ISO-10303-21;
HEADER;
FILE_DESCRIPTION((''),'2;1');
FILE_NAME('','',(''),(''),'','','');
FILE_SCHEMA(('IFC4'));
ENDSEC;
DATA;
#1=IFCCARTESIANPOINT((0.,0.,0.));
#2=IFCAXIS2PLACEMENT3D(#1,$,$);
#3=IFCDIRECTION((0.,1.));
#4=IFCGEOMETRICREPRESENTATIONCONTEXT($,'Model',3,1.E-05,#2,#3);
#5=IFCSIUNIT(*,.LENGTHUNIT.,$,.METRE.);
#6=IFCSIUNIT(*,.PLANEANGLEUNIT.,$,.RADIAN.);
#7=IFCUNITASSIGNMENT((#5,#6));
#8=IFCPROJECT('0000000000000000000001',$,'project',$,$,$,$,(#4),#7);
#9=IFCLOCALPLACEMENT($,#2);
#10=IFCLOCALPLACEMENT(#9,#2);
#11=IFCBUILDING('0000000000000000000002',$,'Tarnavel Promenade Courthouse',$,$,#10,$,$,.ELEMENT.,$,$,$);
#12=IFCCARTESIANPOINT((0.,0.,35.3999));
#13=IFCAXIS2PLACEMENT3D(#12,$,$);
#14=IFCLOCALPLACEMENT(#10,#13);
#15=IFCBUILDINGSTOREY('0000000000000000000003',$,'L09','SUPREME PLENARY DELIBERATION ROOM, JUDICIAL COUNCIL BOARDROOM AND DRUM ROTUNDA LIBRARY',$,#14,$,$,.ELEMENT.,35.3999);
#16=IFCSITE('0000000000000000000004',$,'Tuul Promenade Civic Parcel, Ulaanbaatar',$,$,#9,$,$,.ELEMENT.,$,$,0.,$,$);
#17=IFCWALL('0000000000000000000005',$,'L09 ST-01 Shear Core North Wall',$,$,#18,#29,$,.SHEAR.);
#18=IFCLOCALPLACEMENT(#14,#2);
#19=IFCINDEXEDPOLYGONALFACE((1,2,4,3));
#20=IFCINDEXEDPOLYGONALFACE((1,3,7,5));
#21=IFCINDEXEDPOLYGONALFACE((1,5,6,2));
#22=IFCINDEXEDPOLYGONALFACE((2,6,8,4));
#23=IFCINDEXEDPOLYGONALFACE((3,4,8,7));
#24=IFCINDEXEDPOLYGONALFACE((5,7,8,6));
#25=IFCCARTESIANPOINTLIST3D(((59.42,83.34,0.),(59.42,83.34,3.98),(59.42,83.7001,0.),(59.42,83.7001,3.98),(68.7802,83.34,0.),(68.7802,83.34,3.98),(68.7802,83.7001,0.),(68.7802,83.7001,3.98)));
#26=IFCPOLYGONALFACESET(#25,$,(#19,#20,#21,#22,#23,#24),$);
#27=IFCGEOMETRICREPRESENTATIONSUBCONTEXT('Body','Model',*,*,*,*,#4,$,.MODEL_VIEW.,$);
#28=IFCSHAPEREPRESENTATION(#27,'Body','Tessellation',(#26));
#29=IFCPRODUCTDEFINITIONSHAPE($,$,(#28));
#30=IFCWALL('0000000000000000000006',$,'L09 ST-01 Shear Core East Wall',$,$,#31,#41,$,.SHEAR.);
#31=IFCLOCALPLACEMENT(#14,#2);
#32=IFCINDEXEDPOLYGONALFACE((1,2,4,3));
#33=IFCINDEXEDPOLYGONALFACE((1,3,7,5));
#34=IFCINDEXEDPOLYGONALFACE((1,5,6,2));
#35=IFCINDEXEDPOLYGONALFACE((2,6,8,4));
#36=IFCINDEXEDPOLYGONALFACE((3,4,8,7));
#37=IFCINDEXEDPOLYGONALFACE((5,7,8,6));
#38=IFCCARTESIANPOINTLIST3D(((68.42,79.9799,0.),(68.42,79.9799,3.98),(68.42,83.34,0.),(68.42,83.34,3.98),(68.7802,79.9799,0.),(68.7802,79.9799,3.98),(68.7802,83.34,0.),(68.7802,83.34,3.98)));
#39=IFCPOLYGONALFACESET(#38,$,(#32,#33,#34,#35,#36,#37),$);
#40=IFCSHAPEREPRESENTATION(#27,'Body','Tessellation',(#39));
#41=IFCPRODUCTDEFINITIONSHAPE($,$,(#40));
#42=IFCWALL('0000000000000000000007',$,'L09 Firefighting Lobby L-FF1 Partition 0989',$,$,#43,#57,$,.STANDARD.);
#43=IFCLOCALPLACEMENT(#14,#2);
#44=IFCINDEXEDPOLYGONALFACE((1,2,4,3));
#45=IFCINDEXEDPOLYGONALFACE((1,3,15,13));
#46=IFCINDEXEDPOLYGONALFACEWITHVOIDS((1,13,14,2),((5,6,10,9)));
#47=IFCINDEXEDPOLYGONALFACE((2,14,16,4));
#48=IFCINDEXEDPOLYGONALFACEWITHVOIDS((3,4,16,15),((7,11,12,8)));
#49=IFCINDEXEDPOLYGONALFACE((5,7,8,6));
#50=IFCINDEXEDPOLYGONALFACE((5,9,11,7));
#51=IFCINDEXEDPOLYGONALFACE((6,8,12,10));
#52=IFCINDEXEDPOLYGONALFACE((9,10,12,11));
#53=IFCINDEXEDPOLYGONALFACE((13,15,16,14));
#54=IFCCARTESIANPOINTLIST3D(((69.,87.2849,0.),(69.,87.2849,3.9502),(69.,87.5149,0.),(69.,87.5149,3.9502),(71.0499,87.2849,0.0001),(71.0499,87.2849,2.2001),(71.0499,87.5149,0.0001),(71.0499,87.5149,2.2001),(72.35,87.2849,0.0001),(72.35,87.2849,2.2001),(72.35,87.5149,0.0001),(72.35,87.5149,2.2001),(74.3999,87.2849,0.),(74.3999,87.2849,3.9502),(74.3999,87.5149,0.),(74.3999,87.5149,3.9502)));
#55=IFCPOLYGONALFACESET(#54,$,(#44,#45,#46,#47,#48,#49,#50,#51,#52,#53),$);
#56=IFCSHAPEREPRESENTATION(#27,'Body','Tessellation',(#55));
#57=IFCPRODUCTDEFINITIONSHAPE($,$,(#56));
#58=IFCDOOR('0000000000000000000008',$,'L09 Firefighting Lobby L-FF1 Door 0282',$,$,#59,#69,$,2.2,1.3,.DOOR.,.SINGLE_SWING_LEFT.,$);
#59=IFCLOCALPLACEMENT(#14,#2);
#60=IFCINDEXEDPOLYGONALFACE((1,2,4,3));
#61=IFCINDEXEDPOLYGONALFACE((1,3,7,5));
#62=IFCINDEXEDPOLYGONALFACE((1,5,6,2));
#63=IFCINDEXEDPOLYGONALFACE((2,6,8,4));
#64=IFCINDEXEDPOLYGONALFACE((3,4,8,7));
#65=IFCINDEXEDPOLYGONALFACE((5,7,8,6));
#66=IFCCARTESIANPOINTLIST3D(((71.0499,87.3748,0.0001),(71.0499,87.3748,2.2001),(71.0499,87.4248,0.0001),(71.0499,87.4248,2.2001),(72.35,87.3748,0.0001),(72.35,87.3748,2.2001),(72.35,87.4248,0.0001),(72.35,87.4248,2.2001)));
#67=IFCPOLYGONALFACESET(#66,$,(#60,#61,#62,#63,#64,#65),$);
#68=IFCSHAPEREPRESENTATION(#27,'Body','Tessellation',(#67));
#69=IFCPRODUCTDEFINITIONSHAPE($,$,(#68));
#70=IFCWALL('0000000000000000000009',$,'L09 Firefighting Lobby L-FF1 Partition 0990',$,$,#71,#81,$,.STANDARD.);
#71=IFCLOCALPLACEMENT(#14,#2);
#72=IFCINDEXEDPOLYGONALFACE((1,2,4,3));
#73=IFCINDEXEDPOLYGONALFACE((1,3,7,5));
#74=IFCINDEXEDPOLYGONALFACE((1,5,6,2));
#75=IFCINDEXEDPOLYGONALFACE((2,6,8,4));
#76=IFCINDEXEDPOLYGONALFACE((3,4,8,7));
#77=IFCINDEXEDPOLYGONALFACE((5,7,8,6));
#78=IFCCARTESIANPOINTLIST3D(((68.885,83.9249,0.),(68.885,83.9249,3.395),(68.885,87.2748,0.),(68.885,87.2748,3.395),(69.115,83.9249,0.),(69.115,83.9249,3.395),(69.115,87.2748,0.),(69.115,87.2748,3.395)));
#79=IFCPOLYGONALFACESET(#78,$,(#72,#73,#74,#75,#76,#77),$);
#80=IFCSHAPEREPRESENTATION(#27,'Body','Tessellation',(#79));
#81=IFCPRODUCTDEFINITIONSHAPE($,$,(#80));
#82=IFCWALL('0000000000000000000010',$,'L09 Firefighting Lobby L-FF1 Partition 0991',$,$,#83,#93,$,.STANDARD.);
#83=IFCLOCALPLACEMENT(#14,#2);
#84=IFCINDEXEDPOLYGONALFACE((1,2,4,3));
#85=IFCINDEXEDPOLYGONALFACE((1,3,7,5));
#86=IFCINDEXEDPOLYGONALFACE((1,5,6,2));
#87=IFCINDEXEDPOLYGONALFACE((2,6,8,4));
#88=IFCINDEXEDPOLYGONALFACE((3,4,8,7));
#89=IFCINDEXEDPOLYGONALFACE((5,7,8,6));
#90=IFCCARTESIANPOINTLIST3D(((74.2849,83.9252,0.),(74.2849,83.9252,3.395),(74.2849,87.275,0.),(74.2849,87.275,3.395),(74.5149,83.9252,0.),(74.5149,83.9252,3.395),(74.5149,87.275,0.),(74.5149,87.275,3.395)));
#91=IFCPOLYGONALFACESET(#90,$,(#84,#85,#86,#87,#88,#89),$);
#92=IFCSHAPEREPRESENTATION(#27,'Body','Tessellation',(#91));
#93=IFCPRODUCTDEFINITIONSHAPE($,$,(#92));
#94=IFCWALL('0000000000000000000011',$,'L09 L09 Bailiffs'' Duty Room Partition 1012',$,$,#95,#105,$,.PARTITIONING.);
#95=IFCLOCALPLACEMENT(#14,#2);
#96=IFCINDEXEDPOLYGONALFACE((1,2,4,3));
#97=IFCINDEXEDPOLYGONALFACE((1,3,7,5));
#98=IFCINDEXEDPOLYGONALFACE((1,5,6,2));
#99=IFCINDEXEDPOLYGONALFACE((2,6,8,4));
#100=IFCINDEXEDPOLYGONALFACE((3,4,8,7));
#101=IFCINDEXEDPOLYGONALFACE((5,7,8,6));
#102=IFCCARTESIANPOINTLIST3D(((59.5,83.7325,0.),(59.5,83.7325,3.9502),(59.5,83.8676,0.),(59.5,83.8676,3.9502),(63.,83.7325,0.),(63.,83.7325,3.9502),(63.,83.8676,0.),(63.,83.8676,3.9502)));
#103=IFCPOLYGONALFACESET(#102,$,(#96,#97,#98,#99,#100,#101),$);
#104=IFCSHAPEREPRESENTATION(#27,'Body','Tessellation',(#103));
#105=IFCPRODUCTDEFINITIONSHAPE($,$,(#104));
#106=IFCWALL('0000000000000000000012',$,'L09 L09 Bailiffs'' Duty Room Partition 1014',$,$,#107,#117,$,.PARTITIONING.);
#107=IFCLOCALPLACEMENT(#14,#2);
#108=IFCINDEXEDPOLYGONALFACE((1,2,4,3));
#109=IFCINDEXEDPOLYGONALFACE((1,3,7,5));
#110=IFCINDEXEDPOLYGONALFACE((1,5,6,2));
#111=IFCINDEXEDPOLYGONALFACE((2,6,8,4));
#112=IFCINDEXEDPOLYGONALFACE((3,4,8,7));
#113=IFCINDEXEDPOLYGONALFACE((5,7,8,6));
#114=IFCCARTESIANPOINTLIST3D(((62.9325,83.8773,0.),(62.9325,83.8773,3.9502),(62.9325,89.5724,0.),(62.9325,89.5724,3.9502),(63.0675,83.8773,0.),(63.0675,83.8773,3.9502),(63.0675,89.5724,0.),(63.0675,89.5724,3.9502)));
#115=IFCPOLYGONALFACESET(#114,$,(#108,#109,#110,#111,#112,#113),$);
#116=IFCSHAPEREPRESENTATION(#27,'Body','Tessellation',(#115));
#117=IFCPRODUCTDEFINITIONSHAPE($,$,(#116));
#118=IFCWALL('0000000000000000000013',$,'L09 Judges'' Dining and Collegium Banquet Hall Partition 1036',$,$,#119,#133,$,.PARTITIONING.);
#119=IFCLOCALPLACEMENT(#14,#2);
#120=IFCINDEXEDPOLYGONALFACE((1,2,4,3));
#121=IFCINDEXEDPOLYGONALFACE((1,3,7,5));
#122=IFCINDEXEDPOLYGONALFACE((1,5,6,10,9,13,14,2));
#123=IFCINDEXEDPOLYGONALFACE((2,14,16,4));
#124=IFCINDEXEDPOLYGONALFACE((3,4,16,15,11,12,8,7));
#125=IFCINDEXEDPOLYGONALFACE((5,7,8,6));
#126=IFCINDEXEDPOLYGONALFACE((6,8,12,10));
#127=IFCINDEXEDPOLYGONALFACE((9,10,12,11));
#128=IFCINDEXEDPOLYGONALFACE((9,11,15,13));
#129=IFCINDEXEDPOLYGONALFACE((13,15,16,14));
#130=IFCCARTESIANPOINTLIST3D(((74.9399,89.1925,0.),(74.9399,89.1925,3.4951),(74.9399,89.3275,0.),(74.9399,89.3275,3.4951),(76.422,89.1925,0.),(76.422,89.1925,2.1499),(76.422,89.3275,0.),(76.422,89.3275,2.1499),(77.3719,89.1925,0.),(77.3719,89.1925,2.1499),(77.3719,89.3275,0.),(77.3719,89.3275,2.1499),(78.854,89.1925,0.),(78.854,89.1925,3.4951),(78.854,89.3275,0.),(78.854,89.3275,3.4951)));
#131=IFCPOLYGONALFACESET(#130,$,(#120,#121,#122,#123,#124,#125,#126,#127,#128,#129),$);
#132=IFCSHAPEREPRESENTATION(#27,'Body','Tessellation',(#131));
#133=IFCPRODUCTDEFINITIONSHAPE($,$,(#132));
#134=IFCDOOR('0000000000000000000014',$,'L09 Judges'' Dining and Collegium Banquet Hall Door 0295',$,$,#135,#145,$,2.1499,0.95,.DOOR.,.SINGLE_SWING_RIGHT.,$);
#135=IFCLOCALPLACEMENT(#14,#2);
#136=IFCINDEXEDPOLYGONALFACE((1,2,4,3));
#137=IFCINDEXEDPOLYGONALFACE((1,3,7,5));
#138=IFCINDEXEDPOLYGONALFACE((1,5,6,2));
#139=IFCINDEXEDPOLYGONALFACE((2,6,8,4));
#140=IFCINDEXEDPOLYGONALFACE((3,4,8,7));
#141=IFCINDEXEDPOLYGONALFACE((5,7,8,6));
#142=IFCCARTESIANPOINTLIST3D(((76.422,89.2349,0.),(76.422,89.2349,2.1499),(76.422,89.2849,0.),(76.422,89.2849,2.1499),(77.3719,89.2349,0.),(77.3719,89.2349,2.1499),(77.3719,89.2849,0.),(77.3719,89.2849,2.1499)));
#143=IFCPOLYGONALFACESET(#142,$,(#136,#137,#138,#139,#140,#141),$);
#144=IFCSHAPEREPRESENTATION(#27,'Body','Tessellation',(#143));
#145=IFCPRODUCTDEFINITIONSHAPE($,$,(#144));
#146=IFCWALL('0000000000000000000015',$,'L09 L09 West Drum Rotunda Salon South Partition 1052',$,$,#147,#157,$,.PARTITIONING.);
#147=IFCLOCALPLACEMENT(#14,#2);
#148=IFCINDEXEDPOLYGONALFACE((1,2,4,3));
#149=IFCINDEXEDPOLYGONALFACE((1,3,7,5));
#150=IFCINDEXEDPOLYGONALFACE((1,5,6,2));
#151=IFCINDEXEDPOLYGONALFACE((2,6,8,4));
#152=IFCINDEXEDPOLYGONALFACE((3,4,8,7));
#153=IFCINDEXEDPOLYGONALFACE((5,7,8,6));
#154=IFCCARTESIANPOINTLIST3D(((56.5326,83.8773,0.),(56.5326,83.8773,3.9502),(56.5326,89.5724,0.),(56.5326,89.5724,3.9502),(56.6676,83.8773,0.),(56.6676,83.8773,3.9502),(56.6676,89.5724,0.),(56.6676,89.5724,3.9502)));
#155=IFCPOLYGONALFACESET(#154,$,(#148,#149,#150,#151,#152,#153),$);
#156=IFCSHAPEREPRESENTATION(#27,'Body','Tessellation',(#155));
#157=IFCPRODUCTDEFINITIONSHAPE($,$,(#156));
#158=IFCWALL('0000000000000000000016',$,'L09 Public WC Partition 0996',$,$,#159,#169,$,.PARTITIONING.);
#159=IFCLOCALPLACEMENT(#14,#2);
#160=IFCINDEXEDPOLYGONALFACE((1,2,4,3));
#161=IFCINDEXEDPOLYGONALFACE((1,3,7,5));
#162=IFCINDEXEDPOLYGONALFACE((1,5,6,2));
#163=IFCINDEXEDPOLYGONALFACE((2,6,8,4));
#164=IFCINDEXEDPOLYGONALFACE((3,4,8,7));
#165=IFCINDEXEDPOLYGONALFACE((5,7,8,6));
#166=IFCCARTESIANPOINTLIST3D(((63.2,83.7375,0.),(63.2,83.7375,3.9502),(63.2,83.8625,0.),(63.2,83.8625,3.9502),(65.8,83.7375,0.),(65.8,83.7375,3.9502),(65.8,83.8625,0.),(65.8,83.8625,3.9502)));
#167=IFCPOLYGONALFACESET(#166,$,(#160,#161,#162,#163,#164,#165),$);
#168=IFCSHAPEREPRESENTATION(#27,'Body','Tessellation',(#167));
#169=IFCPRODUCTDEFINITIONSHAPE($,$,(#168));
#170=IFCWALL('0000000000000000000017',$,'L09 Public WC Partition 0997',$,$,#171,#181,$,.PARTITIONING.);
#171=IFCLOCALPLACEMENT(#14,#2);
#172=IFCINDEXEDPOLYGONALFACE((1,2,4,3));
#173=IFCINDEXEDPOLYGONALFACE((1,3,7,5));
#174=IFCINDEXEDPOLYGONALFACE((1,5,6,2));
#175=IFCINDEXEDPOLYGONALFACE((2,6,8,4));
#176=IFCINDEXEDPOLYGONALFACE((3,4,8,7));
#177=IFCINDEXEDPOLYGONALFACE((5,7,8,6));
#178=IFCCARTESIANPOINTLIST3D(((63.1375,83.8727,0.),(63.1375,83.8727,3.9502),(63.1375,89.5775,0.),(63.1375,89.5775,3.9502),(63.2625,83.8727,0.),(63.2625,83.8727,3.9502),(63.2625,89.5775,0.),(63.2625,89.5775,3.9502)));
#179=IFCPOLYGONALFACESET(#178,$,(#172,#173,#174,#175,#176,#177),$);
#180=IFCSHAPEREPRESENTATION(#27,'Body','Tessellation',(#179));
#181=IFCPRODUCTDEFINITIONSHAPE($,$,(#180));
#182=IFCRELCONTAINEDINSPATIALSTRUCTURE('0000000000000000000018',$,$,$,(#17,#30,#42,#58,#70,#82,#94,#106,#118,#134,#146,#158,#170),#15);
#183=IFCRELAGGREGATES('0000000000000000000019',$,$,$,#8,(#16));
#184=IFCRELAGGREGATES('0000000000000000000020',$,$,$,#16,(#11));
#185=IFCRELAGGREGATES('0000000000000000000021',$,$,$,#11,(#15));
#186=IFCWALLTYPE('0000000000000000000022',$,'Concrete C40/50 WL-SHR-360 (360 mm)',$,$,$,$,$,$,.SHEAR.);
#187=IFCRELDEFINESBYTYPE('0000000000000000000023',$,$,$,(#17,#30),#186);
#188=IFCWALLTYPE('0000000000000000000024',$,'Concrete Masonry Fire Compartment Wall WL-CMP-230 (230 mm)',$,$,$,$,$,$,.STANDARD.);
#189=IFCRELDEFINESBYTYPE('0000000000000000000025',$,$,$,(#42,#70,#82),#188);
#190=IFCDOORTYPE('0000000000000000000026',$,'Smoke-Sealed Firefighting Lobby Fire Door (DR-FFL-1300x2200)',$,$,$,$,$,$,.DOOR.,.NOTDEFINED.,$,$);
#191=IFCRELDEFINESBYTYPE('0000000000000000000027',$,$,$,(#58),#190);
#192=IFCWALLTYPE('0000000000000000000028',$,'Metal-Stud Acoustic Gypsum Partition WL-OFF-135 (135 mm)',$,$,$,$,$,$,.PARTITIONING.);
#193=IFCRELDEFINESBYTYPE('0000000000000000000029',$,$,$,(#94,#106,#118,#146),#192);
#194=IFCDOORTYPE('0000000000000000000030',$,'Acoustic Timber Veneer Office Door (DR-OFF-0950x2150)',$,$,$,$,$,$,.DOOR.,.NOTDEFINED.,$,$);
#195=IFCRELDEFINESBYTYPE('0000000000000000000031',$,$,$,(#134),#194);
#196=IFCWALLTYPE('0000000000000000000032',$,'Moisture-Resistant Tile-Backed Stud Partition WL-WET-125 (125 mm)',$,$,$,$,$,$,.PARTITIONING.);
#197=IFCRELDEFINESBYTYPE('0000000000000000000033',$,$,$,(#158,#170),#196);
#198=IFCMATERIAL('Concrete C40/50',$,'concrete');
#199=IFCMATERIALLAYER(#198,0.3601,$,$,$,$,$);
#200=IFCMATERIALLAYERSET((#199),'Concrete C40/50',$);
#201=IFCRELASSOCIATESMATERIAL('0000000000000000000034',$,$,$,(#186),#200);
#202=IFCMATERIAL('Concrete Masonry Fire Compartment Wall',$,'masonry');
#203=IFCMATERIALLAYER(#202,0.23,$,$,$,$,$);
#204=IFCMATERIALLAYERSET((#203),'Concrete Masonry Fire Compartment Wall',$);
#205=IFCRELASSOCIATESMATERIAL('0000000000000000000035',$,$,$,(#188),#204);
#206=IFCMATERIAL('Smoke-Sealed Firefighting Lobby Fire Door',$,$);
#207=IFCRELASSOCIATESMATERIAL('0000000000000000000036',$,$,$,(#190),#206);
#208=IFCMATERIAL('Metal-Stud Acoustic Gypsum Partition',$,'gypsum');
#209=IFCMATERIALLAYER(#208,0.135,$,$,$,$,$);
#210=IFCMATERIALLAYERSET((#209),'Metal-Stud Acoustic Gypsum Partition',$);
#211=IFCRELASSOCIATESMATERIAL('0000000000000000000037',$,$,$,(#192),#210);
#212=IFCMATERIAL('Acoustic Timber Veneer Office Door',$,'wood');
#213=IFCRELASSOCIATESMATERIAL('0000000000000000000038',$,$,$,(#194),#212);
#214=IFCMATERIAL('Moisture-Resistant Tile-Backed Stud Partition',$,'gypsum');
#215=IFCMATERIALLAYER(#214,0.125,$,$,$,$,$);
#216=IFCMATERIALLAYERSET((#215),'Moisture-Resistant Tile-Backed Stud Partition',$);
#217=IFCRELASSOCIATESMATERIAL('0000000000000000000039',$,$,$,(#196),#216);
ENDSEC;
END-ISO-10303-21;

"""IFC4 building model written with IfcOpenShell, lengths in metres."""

from ifc_helpers import new_model, si_unit, direction, frame, frame_2d, origin, place, context, subcontext, project, spatial, rectangle, extrude, material, layer, layer_set, type_object, element, fill, save


model = new_model("IFC4")

# Units and contexts
model_context = context("Model", 3, precision=1e-05, world=origin(), true_north=direction((0.0, 1.0)))
body_context = subcontext(model_context, "Body", "Model", "MODEL_VIEW")
ifc_project = project(units=[si_unit("LENGTHUNIT", "METRE"), si_unit("PLANEANGLEUNIT", "RADIAN")], contexts=[model_context])

# Site, building, storey
site_placement = place(None, origin())
site = spatial("IfcSite", under=ifc_project, at=site_placement, Name="Tuul Promenade Civic Parcel, Ulaanbaatar", CompositionType="ELEMENT", RefElevation=0.0)
building_placement = place(site_placement, origin())
building = spatial("IfcBuilding", under=site, at=building_placement, Name="Tarnavel Promenade Courthouse", CompositionType="ELEMENT")
storey_placement = place(building_placement, frame((0.0, 0.0, 35.3999)))
storey = spatial("IfcBuildingStorey", under=building, at=storey_placement, Name="L09", Description="SUPREME PLENARY DELIBERATION ROOM, JUDICIAL COUNCIL BOARDROOM AND DRUM ROTUNDA LIBRARY", CompositionType="ELEMENT", Elevation=35.3999)

# Shared definitions
ifc_material_1 = material(Name="Concrete C40/50", Category="concrete")

# Walls
ifc_layer_1 = layer(ifc_material_1, 0.3601)
ifc_layer_set_1 = layer_set([ifc_layer_1], Name="Concrete C40/50")
wall_type_1 = type_object("IfcWallType", Name="Concrete C40/50 WL-SHR-360 (360 mm)", PredefinedType="SHEAR", material=ifc_layer_set_1)
wall_1_placement = place(storey_placement, frame((59.4199, 83.52, 0.0), z_axis=(0.0, 0.0, 1.0), x_axis=(1.0, 0.0, 0.0)))
element("IfcWall", 1, at=wall_1_placement, inside=storey, type_object=wall_type_1, Name="L09 ST-01 Shear Core North Wall", PredefinedType="SHEAR", context=body_context, shape_type="SweptSolid", body=[
    extrude(rectangle(XDim=9.3601, YDim=0.3601, at=frame_2d((4.6802, 0.0))), origin(), (0.0, 0.0, 1.0), 3.98),
])
wall_2_placement = place(storey_placement, frame((68.6001, 83.3401, 0.0), z_axis=(0.0, 0.0, 1.0), x_axis=(0.0, -1.0, 0.0)))
element("IfcWall", 2, at=wall_2_placement, inside=storey, type_object=wall_type_1, Name="L09 ST-01 Shear Core East Wall", PredefinedType="SHEAR", context=body_context, shape_type="SweptSolid", body=[
    extrude(rectangle(XDim=3.3601, YDim=0.3601, at=frame_2d((1.6802, 0.0))), origin(), (0.0, 0.0, 1.0), 3.98),
])

# Wall, opening, door
ifc_material_2 = material(Name="Concrete Masonry Fire Compartment Wall", Category="masonry")
ifc_layer_2 = layer(ifc_material_2, 0.23)
ifc_layer_set_2 = layer_set([ifc_layer_2], Name="Concrete Masonry Fire Compartment Wall")
wall_type_2 = type_object("IfcWallType", Name="Concrete Masonry Fire Compartment Wall WL-CMP-230 (230 mm)", PredefinedType="STANDARD", material=ifc_layer_set_2)
wall_3_placement = place(storey_placement, frame((69.0, 87.3999, 0.0), z_axis=(0.0, 0.0, 1.0), x_axis=(1.0, 0.0, 0.0)))
wall_3 = element("IfcWall", 3, at=wall_3_placement, inside=storey, type_object=wall_type_2, Name="L09 Firefighting Lobby L-FF1 Partition 0989", PredefinedType="STANDARD", context=body_context, shape_type="SweptSolid", body=[
    extrude(rectangle(XDim=5.3999, YDim=0.23, at=frame_2d((2.7, 0.0))), origin(), (0.0, 0.0, 1.0), 3.9502),
])
opening_1_placement = place(wall_3_placement, frame((2.05, 0.0, 0.0)))
opening_1 = element("IfcOpeningElement", 4, at=opening_1_placement, cuts=wall_3, PredefinedType="OPENING", context=body_context, shape_type="SweptSolid", body=[
    extrude(rectangle(XDim=1.3, YDim=2.2, at=frame_2d((0.6499, 1.1001))), frame((0.0, 0.125, 0.0), z_axis=(0.0, -1.0, 0.0), x_axis=(1.0, 0.0, 0.0)), (0.0, 0.0, 1.0), 0.25),
])
ifc_material_3 = material(Name="Smoke-Sealed Firefighting Lobby Fire Door")
door_type_1 = type_object("IfcDoorType", Name="Smoke-Sealed Firefighting Lobby Fire Door (DR-FFL-1300x2200)", OperationType="NOTDEFINED", PredefinedType="DOOR", material=ifc_material_3)
door_1_placement = place(opening_1_placement, origin())
door_1 = element("IfcDoor", 5, at=door_1_placement, inside=storey, type_object=door_type_1, Name="L09 Firefighting Lobby L-FF1 Door 0282", OperationType="SINGLE_SWING_LEFT", OverallHeight=2.2, OverallWidth=1.3, PredefinedType="DOOR", context=body_context, shape_type="SweptSolid", body=[
    extrude(rectangle(XDim=1.3, YDim=2.2, at=frame_2d((0.6499, 1.1001))), frame((0.0, 0.0249, 0.0), z_axis=(0.0, -1.0, 0.0), x_axis=(1.0, 0.0, 0.0)), (0.0, 0.0, 1.0), 0.05),
])
fill(opening_1, door_1)

# Walls
for number, where, z_axis, x_axis, name in (
    (6, (69.0, 83.925, 0.0), (0.0, 0.0, 1.0), (0.0, 1.0, 0.0), "L09 Firefighting Lobby L-FF1 Partition 0990"),
    (7, (74.3999, 87.2749, 0.0), (0.0, 0.0, 1.0), (0.0, -1.0, 0.0), "L09 Firefighting Lobby L-FF1 Partition 0991"),
):
    element("IfcWall", number, at=place(storey_placement, frame(where, z_axis=z_axis, x_axis=x_axis)), inside=storey, type_object=wall_type_2, Name=name, PredefinedType="STANDARD", context=body_context, shape_type="SweptSolid", body=[
        extrude(rectangle(XDim=3.3499, YDim=0.23, at=frame_2d((1.6748, 0.0))), origin(), (0.0, 0.0, 1.0), 3.395),
    ])
ifc_material_4 = material(Name="Metal-Stud Acoustic Gypsum Partition", Category="gypsum")
ifc_layer_3 = layer(ifc_material_4, 0.135)
ifc_layer_set_3 = layer_set([ifc_layer_3], Name="Metal-Stud Acoustic Gypsum Partition")
wall_type_3 = type_object("IfcWallType", Name="Metal-Stud Acoustic Gypsum Partition WL-OFF-135 (135 mm)", PredefinedType="PARTITIONING", material=ifc_layer_set_3)
wall_4_placement = place(storey_placement, frame((63.0, 83.8, 0.0), z_axis=(0.0, 0.0, 1.0), x_axis=(-1.0, 0.0, 0.0)))
element("IfcWall", 8, at=wall_4_placement, inside=storey, type_object=wall_type_3, Name="L09 L09 Bailiffs' Duty Room Partition 1012", PredefinedType="PARTITIONING", context=body_context, shape_type="SweptSolid", body=[
    extrude(rectangle(XDim=3.5, YDim=0.135, at=frame_2d((1.75, 0.0))), origin(), (0.0, 0.0, 1.0), 3.9502),
])
for number, where, z_axis, x_axis, name in (
    (9, (63.0, 89.5725, 0.0), (0.0, 0.0, 1.0), (0.0, -1.0, 0.0), "L09 L09 Bailiffs' Duty Room Partition 1014"),
):
    element("IfcWall", number, at=place(storey_placement, frame(where, z_axis=z_axis, x_axis=x_axis)), inside=storey, type_object=wall_type_3, Name=name, PredefinedType="PARTITIONING", context=body_context, shape_type="SweptSolid", body=[
        extrude(rectangle(XDim=5.6951, YDim=0.135, at=frame_2d((2.8477, 0.0))), origin(), (0.0, 0.0, 1.0), 3.9502),
    ])

# Wall, opening, door
wall_5_placement = place(storey_placement, frame((74.9399, 89.26, 0.0), z_axis=(0.0, 0.0, 1.0), x_axis=(1.0, 0.0, 0.0)))
wall_5 = element("IfcWall", 10, at=wall_5_placement, inside=storey, type_object=wall_type_3, Name="L09 Judges' Dining and Collegium Banquet Hall Partition 1036", PredefinedType="PARTITIONING", context=body_context, shape_type="SweptSolid", body=[
    extrude(rectangle(XDim=3.9141, YDim=0.135, at=frame_2d((1.957, 0.0))), origin(), (0.0, 0.0, 1.0), 3.4951),
])
opening_2_placement = place(wall_5_placement, frame((1.4819, 0.0, 0.0)))
opening_2 = element("IfcOpeningElement", 11, at=opening_2_placement, cuts=wall_5, PredefinedType="OPENING", context=body_context, shape_type="SweptSolid", body=[
    extrude(rectangle(XDim=0.95, YDim=2.1499, at=frame_2d((0.4751, 1.075))), frame((0.0, 0.0774, 0.0), z_axis=(0.0, -1.0, 0.0), x_axis=(1.0, 0.0, 0.0)), (0.0, 0.0, 1.0), 0.155),
])
ifc_material_5 = material(Name="Acoustic Timber Veneer Office Door", Category="wood")
door_type_2 = type_object("IfcDoorType", Name="Acoustic Timber Veneer Office Door (DR-OFF-0950x2150)", OperationType="NOTDEFINED", PredefinedType="DOOR", material=ifc_material_5)
door_2_placement = place(opening_2_placement, origin())
door_2 = element("IfcDoor", 12, at=door_2_placement, inside=storey, type_object=door_type_2, Name="L09 Judges' Dining and Collegium Banquet Hall Door 0295", OperationType="SINGLE_SWING_RIGHT", OverallHeight=2.1499, OverallWidth=0.95, PredefinedType="DOOR", context=body_context, shape_type="SweptSolid", body=[
    extrude(rectangle(XDim=0.95, YDim=2.1499, at=frame_2d((0.4751, 1.075))), frame((0.0, 0.0249, 0.0), z_axis=(0.0, -1.0, 0.0), x_axis=(1.0, 0.0, 0.0)), (0.0, 0.0, 1.0), 0.05),
])
fill(opening_2, door_2)

# Walls
wall_6_placement = place(storey_placement, frame((56.6001, 89.5725, 0.0), z_axis=(0.0, 0.0, 1.0), x_axis=(0.0, -1.0, 0.0)))
element("IfcWall", 13, at=wall_6_placement, inside=storey, type_object=wall_type_3, Name="L09 L09 West Drum Rotunda Salon South Partition 1052", PredefinedType="PARTITIONING", context=body_context, shape_type="SweptSolid", body=[
    extrude(rectangle(XDim=5.6951, YDim=0.135, at=frame_2d((2.8477, 0.0))), origin(), (0.0, 0.0, 1.0), 3.9502),
])
ifc_material_6 = material(Name="Moisture-Resistant Tile-Backed Stud Partition", Category="gypsum")
ifc_layer_4 = layer(ifc_material_6, 0.125)
ifc_layer_set_4 = layer_set([ifc_layer_4], Name="Moisture-Resistant Tile-Backed Stud Partition")
wall_type_4 = type_object("IfcWallType", Name="Moisture-Resistant Tile-Backed Stud Partition WL-WET-125 (125 mm)", PredefinedType="PARTITIONING", material=ifc_layer_set_4)
wall_7_placement = place(storey_placement, frame((65.8, 83.8, 0.0), z_axis=(0.0, 0.0, 1.0), x_axis=(-1.0, 0.0, 0.0)))
element("IfcWall", 14, at=wall_7_placement, inside=storey, type_object=wall_type_4, Name="L09 Public WC Partition 0996", PredefinedType="PARTITIONING", context=body_context, shape_type="SweptSolid", body=[
    extrude(rectangle(XDim=2.6001, YDim=0.125, at=frame_2d((1.3, 0.0))), origin(), (0.0, 0.0, 1.0), 3.9502),
])
for number, where, z_axis, x_axis, name in (
    (15, (63.2, 83.8726, 0.0), (0.0, 0.0, 1.0), (0.0, 1.0, 0.0), "L09 Public WC Partition 0997"),
):
    element("IfcWall", number, at=place(storey_placement, frame(where, z_axis=z_axis, x_axis=x_axis)), inside=storey, type_object=wall_type_4, Name=name, PredefinedType="PARTITIONING", context=body_context, shape_type="SweptSolid", body=[
        extrude(rectangle(XDim=5.7048, YDim=0.125, at=frame_2d((2.8525, 0.0))), origin(), (0.0, 0.0, 1.0), 3.9502),
    ])

save(model, "model.ifc")
